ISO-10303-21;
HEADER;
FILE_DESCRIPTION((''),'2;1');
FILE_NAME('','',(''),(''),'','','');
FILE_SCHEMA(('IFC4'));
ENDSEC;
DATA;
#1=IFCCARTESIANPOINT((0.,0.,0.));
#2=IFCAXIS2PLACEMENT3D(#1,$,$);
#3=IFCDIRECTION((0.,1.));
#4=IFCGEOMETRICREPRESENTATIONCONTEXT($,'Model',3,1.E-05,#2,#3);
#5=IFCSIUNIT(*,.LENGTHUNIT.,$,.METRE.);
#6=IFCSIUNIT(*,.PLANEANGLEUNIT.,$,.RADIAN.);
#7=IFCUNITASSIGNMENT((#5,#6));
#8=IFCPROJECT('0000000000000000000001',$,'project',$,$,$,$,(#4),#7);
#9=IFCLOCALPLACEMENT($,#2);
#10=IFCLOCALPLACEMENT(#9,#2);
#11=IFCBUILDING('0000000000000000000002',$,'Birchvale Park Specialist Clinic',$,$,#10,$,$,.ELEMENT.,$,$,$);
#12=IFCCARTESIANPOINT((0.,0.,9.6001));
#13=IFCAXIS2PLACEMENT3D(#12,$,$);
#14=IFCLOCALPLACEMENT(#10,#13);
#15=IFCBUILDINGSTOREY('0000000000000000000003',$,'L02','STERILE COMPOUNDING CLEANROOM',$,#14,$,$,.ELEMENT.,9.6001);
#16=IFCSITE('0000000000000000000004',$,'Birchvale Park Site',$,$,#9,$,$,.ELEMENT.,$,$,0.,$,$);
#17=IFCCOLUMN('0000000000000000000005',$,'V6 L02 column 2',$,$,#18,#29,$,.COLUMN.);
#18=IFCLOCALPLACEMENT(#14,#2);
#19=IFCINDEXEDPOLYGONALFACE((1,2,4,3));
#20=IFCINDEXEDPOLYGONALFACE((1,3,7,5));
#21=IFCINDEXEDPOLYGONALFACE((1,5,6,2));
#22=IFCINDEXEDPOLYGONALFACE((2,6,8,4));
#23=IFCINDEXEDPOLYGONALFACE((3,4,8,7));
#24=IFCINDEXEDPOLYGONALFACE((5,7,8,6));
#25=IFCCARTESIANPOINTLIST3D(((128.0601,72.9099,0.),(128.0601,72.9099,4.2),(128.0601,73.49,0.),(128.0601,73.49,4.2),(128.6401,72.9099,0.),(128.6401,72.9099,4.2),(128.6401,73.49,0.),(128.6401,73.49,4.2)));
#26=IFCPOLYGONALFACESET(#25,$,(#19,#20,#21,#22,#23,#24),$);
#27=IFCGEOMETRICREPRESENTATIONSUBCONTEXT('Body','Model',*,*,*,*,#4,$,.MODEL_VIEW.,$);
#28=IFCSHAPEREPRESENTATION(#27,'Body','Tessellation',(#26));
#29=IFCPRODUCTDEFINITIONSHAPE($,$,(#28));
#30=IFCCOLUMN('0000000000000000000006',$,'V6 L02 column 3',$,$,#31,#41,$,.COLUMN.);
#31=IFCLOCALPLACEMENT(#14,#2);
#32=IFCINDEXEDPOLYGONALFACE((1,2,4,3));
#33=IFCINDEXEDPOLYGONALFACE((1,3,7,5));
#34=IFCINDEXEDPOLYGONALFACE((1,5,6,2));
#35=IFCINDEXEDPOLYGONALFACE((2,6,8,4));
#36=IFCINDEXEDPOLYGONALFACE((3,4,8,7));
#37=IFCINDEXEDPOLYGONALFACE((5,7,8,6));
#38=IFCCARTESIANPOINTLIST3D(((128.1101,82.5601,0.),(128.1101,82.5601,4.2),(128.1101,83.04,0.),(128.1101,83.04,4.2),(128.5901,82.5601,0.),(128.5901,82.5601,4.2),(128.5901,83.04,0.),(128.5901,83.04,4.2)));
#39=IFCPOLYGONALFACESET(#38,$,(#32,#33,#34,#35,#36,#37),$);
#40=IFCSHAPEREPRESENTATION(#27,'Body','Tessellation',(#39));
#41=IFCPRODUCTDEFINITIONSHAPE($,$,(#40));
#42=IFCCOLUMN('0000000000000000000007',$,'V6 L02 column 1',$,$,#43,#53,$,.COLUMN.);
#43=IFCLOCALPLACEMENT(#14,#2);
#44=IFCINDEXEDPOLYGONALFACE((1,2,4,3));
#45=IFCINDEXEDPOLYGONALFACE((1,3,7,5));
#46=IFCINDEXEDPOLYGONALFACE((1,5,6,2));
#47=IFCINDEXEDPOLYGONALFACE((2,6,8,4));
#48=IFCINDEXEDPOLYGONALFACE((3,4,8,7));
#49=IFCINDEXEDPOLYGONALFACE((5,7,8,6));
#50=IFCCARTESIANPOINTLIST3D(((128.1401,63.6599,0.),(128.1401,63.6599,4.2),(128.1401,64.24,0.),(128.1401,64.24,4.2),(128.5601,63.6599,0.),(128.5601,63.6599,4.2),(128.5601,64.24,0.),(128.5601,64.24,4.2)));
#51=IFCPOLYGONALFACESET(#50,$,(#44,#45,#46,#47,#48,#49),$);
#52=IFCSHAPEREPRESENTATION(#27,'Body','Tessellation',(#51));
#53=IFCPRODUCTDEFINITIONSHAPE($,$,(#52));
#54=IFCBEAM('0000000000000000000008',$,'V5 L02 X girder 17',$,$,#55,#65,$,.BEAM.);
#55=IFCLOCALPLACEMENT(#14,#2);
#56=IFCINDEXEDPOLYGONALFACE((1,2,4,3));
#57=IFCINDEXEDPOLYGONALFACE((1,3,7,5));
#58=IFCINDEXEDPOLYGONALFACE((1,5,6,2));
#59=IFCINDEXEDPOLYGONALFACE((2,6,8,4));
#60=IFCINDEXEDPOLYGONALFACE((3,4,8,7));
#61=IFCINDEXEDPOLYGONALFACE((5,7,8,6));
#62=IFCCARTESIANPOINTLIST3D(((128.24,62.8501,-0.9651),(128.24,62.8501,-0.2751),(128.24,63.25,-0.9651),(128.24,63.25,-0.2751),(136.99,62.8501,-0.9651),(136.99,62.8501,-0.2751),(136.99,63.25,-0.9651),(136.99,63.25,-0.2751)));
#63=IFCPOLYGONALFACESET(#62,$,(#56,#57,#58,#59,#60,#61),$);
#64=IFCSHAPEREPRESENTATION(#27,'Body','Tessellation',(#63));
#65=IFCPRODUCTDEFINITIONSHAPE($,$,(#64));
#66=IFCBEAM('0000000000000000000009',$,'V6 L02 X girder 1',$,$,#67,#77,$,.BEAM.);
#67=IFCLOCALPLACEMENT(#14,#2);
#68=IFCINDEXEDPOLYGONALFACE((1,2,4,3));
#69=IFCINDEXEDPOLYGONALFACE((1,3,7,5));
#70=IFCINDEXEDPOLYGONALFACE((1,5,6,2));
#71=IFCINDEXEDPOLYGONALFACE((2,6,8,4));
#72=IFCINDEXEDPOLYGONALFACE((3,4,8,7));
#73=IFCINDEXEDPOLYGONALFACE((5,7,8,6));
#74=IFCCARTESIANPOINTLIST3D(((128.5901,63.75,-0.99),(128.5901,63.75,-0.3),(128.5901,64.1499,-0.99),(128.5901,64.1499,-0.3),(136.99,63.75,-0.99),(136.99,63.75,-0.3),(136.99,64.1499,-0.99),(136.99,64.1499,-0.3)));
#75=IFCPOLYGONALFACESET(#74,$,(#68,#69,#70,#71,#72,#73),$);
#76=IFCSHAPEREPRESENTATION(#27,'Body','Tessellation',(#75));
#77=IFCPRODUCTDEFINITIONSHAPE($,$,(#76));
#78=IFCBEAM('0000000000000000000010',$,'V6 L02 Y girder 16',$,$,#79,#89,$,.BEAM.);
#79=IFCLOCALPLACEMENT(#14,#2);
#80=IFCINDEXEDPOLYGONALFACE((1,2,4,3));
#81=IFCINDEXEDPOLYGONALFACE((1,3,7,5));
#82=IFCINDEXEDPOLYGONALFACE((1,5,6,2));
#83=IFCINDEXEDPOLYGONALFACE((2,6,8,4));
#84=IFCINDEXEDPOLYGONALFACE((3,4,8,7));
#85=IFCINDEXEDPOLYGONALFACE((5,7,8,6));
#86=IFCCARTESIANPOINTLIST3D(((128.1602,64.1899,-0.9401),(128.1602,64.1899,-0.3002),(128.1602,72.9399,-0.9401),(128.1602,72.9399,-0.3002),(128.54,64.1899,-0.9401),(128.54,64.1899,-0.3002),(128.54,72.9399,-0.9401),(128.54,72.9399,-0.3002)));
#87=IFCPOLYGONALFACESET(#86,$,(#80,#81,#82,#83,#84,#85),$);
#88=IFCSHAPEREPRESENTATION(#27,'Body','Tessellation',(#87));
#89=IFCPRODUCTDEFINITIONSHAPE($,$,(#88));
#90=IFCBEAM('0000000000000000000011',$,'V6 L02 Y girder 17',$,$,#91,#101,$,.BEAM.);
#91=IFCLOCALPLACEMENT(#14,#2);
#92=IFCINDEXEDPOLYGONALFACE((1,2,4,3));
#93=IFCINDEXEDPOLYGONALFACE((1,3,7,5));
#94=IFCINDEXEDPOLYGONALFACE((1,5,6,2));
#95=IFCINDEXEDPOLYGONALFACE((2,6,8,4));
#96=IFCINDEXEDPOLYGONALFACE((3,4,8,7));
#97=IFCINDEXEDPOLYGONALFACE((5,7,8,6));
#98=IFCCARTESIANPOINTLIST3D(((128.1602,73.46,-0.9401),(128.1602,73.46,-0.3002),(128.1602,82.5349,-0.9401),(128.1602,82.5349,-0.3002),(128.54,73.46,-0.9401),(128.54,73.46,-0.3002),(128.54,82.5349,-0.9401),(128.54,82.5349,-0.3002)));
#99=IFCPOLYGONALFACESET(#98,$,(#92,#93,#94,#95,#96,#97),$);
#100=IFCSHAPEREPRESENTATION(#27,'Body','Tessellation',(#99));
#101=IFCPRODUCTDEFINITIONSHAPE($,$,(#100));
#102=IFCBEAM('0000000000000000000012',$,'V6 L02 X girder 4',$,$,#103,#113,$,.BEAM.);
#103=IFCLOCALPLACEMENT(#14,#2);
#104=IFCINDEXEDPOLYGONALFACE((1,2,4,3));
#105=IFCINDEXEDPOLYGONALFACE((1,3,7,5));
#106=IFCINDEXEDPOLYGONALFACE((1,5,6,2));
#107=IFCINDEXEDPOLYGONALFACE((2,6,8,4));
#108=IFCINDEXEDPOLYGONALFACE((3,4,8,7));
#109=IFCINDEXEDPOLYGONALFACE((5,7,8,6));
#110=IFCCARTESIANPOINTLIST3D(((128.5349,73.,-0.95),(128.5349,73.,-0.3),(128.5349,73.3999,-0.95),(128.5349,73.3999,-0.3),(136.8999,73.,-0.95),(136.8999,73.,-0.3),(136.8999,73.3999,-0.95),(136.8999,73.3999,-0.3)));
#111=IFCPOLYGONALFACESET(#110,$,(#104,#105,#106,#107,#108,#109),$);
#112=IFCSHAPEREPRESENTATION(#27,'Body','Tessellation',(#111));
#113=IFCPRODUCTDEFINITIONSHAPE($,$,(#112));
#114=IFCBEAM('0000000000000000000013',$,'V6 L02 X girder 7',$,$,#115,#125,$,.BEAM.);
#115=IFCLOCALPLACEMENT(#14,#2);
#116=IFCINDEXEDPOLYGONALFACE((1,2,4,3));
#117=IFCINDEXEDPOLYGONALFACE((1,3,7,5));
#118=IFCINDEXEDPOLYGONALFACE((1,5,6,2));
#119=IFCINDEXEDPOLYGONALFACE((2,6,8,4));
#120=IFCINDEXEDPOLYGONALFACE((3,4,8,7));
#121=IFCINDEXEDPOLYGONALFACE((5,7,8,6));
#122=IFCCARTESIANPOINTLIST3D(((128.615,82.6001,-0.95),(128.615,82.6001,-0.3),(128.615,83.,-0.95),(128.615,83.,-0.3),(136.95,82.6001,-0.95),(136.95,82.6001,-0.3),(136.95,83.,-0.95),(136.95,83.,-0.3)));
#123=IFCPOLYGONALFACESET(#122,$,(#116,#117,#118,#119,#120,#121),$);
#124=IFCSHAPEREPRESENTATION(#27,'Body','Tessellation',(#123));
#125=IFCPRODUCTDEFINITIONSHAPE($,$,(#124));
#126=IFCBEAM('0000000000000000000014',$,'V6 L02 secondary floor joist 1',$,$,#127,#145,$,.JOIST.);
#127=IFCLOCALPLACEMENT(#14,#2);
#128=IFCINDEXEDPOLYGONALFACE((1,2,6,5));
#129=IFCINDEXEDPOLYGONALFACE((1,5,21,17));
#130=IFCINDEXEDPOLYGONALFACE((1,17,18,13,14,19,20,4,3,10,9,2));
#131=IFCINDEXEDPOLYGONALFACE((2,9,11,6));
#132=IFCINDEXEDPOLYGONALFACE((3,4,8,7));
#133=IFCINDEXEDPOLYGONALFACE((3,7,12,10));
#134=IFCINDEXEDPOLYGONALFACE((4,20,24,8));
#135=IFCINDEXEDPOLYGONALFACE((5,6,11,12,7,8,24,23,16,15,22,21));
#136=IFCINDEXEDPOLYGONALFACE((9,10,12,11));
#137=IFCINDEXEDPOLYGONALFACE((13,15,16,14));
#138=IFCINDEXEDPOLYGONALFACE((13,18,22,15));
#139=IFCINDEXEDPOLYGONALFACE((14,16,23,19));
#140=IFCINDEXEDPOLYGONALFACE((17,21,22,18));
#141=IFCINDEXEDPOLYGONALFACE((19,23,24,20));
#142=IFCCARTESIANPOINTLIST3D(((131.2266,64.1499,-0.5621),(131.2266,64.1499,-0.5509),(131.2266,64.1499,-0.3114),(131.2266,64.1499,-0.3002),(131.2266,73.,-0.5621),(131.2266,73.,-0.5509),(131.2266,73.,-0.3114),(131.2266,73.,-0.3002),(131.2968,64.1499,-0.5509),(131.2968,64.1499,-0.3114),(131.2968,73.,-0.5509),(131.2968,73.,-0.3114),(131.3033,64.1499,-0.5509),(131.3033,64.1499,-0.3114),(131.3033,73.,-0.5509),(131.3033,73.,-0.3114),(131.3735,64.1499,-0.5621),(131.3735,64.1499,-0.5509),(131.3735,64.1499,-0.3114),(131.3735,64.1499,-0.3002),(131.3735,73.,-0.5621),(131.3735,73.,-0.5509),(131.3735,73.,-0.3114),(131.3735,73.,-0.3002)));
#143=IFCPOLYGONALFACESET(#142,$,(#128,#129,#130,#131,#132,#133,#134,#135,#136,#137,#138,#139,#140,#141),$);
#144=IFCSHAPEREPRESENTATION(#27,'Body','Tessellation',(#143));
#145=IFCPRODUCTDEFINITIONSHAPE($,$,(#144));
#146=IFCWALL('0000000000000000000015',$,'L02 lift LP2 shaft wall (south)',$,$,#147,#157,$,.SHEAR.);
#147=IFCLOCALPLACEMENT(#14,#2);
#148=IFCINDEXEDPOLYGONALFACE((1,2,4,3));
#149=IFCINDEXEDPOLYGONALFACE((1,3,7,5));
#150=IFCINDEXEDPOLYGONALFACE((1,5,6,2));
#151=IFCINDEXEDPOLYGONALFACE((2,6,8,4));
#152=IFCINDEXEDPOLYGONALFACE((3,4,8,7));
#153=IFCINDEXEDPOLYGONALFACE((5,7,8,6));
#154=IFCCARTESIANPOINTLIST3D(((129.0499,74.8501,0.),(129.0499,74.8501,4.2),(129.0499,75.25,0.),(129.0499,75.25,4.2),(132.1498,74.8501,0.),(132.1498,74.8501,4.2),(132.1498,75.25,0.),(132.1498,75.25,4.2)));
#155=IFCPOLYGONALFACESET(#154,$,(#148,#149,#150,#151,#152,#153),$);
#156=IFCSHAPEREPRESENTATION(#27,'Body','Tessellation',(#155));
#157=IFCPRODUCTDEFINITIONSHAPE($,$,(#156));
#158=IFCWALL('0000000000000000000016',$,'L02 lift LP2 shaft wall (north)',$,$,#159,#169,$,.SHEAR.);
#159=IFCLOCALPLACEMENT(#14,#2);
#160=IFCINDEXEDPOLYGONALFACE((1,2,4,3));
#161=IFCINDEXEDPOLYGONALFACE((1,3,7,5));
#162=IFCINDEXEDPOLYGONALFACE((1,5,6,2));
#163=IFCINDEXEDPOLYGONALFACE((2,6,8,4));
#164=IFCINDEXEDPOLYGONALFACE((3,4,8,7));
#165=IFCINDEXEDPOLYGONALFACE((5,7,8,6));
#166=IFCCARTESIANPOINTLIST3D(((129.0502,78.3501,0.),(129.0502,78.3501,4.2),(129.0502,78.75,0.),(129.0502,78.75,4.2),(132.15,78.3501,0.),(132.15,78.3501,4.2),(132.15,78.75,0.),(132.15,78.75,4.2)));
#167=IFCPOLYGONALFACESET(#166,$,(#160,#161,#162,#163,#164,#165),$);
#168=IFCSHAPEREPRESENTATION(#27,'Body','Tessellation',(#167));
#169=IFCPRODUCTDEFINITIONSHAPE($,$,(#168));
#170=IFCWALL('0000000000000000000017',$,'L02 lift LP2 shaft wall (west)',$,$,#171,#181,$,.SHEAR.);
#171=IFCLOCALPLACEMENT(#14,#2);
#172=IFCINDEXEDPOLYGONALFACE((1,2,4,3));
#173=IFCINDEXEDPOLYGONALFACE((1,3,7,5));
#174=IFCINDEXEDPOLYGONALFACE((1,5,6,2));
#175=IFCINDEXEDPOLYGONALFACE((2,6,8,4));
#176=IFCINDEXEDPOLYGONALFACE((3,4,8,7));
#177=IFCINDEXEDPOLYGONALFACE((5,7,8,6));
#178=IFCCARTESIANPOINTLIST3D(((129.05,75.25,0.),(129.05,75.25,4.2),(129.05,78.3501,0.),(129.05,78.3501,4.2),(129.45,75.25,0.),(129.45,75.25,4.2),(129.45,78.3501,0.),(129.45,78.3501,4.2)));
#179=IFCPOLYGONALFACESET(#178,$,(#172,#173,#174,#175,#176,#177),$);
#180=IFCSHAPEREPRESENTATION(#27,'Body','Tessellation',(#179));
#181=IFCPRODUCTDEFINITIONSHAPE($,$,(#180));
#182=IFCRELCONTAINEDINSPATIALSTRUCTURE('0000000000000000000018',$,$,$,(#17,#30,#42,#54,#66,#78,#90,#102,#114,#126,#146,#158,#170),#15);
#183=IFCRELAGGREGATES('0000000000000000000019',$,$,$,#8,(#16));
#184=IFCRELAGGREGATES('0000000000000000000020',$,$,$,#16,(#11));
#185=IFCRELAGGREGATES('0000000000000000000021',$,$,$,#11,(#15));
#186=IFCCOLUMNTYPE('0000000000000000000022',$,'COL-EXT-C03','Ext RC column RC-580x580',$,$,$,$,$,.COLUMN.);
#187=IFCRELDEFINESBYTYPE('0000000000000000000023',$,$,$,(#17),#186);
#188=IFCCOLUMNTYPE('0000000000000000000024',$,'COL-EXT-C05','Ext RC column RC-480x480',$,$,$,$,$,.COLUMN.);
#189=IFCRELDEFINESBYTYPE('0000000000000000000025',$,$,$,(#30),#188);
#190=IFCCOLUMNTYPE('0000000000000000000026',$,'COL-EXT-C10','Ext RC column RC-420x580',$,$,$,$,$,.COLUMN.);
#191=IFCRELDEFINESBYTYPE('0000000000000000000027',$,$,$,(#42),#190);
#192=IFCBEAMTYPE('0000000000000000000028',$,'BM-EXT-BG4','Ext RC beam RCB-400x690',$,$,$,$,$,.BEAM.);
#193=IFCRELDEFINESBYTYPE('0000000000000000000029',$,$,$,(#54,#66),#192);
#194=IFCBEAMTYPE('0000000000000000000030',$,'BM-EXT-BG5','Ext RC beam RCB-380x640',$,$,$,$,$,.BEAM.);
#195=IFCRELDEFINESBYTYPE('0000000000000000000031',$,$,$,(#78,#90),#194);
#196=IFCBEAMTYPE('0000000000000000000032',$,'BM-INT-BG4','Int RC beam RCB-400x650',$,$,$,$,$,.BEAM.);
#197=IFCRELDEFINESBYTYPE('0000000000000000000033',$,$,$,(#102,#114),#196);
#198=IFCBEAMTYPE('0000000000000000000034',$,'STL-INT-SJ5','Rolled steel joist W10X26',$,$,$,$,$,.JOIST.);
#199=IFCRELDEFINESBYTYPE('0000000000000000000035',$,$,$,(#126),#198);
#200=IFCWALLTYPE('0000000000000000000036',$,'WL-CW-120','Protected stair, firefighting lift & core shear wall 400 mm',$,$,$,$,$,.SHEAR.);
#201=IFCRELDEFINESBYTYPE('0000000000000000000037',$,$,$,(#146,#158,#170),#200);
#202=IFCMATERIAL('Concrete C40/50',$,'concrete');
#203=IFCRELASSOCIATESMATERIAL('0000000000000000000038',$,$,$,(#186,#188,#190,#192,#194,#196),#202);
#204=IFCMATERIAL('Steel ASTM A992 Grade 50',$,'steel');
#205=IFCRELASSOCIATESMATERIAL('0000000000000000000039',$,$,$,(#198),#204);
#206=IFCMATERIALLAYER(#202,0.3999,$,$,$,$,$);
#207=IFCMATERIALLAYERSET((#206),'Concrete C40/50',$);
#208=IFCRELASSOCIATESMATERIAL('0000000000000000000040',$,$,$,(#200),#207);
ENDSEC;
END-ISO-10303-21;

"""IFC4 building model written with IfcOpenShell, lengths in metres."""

from ifc_helpers import new_model, si_unit, direction, frame, frame_2d, origin, origin_2d, place, context, subcontext, project, spatial, rectangle, i_section, extrude, material, layer, layer_set, material_profile, profile_set, type_object, element, save


model = new_model("IFC4")

# Units and contexts
model_context = context("Model", 3, precision=1e-05, world=origin(), true_north=direction((0.0, 1.0)))
body_context = subcontext(model_context, "Body", "Model", "MODEL_VIEW")
ifc_project = project(units=[si_unit("LENGTHUNIT", "METRE"), si_unit("PLANEANGLEUNIT", "RADIAN")], contexts=[model_context])

# Site, building, storey
site_placement = place(None, origin())
site = spatial("IfcSite", under=ifc_project, at=site_placement, Name="Birchvale Park Site", CompositionType="ELEMENT", RefElevation=0.0)
building_placement = place(site_placement, origin())
building = spatial("IfcBuilding", under=site, at=building_placement, Name="Birchvale Park Specialist Clinic", CompositionType="ELEMENT")
storey_placement = place(building_placement, frame((0.0, 0.0, 9.6001)))
storey = spatial("IfcBuildingStorey", under=building, at=storey_placement, Name="L02", Description="STERILE COMPOUNDING CLEANROOM", CompositionType="ELEMENT", Elevation=9.6001)

# Columns
ifc_material_1 = material(Name="Concrete C40/50", Category="concrete")
ifc_material_profile_1 = material_profile(ifc_material_1, rectangle(XDim=0.5801, YDim=0.5801, at=origin_2d()), Name="RC-580x580")
ifc_profile_set_1 = profile_set([ifc_material_profile_1], Name="Concrete C40/50")
column_type_1 = type_object("IfcColumnType", Name="COL-EXT-C03", Description="Ext RC column RC-580x580", PredefinedType="COLUMN", material=ifc_profile_set_1)
column_1_placement = place(storey_placement, frame((128.3501, 73.2, 0.0), z_axis=(0.0, 0.0, 1.0), x_axis=(1.0, 0.0, 0.0)))
element("IfcColumn", 1, at=column_1_placement, inside=storey, type_object=column_type_1, Name="V6 L02 column 2", PredefinedType="COLUMN", context=body_context, shape_type="SweptSolid", body=[
    extrude(rectangle(XDim=0.5801, YDim=0.5801, at=origin_2d()), origin(), (0.0, 0.0, 1.0), 4.2),
])
ifc_material_profile_2 = material_profile(ifc_material_1, rectangle(XDim=0.48, YDim=0.48, at=origin_2d()), Name="RC-480x480")
ifc_profile_set_2 = profile_set([ifc_material_profile_2], Name="Concrete C40/50")
column_type_2 = type_object("IfcColumnType", Name="COL-EXT-C05", Description="Ext RC column RC-480x480", PredefinedType="COLUMN", material=ifc_profile_set_2)
column_2_placement = place(storey_placement, frame((128.3501, 82.8, 0.0), z_axis=(0.0, 0.0, 1.0), x_axis=(1.0, 0.0, 0.0)))
element("IfcColumn", 2, at=column_2_placement, inside=storey, type_object=column_type_2, Name="V6 L02 column 3", PredefinedType="COLUMN", context=body_context, shape_type="SweptSolid", body=[
    extrude(rectangle(XDim=0.48, YDim=0.48, at=origin_2d()), origin(), (0.0, 0.0, 1.0), 4.2),
])
ifc_material_profile_3 = material_profile(ifc_material_1, rectangle(XDim=0.4199, YDim=0.5801, at=origin_2d()), Name="RC-420x580")
ifc_profile_set_3 = profile_set([ifc_material_profile_3], Name="Concrete C40/50")
column_type_3 = type_object("IfcColumnType", Name="COL-EXT-C10", Description="Ext RC column RC-420x580", PredefinedType="COLUMN", material=ifc_profile_set_3)
column_3_placement = place(storey_placement, frame((128.3501, 63.95, 0.0), z_axis=(0.0, 0.0, 1.0), x_axis=(1.0, 0.0, 0.0)))
element("IfcColumn", 3, at=column_3_placement, inside=storey, type_object=column_type_3, Name="V6 L02 column 1", PredefinedType="COLUMN", context=body_context, shape_type="SweptSolid", body=[
    extrude(rectangle(XDim=0.4199, YDim=0.5801, at=origin_2d()), origin(), (0.0, 0.0, 1.0), 4.2),
])

# Beams
ifc_material_profile_4 = material_profile(ifc_material_1, rectangle(XDim=0.3999, YDim=0.6899, at=origin_2d()), Name="RCB-400x690")
ifc_profile_set_4 = profile_set([ifc_material_profile_4], Name="Concrete C40/50")
beam_type_1 = type_object("IfcBeamType", Name="BM-EXT-BG4", Description="Ext RC beam RCB-400x690", PredefinedType="BEAM", material=ifc_profile_set_4)
beam_1_placement = place(storey_placement, frame((128.24, 63.05, -0.6201), z_axis=(1.0, 0.0, 0.0), x_axis=(0.0, 1.0, 0.0)))
element("IfcBeam", 4, at=beam_1_placement, inside=storey, type_object=beam_type_1, Name="V5 L02 X girder 17", PredefinedType="BEAM", context=body_context, shape_type="SweptSolid", body=[
    extrude(rectangle(XDim=0.3999, YDim=0.6899, at=origin_2d()), origin(), (0.0, 0.0, 1.0), 8.75),
])
beam_2_placement = place(storey_placement, frame((128.5901, 63.95, -0.645), z_axis=(1.0, 0.0, 0.0), x_axis=(0.0, 1.0, 0.0)))
element("IfcBeam", 5, at=beam_2_placement, inside=storey, type_object=beam_type_1, Name="V6 L02 X girder 1", PredefinedType="BEAM", context=body_context, shape_type="SweptSolid", body=[
    extrude(rectangle(XDim=0.3999, YDim=0.6899, at=origin_2d()), origin(), (0.0, 0.0, 1.0), 8.3999),
])
ifc_material_profile_5 = material_profile(ifc_material_1, rectangle(XDim=0.3799, YDim=0.6399, at=origin_2d()), Name="RCB-380x640")
ifc_profile_set_5 = profile_set([ifc_material_profile_5], Name="Concrete C40/50")
beam_type_2 = type_object("IfcBeamType", Name="BM-EXT-BG5", Description="Ext RC beam RCB-380x640", PredefinedType="BEAM", material=ifc_profile_set_5)
beam_3_placement = place(storey_placement, frame((128.3501, 64.1899, -0.6201), z_axis=(0.0, 1.0, 0.0), x_axis=(-1.0, 0.0, 0.0)))
element("IfcBeam", 6, at=beam_3_placement, inside=storey, type_object=beam_type_2, Name="V6 L02 Y girder 16", PredefinedType="BEAM", context=body_context, shape_type="SweptSolid", body=[
    extrude(rectangle(XDim=0.3799, YDim=0.6399, at=origin_2d()), origin(), (0.0, 0.0, 1.0), 8.75),
])
beam_4_placement = place(storey_placement, frame((128.3501, 73.46, -0.6201), z_axis=(0.0, 1.0, 0.0), x_axis=(-1.0, 0.0, 0.0)))
element("IfcBeam", 7, at=beam_4_placement, inside=storey, type_object=beam_type_2, Name="V6 L02 Y girder 17", PredefinedType="BEAM", context=body_context, shape_type="SweptSolid", body=[
    extrude(rectangle(XDim=0.3799, YDim=0.6399, at=origin_2d()), origin(), (0.0, 0.0, 1.0), 9.075),
])
ifc_material_profile_6 = material_profile(ifc_material_1, rectangle(XDim=0.3999, YDim=0.6499, at=origin_2d()), Name="RCB-400x650")
ifc_profile_set_6 = profile_set([ifc_material_profile_6], Name="Concrete C40/50")
beam_type_3 = type_object("IfcBeamType", Name="BM-INT-BG4", Description="Int RC beam RCB-400x650", PredefinedType="BEAM", material=ifc_profile_set_6)
beam_5_placement = place(storey_placement, frame((128.5349, 73.2, -0.625), z_axis=(1.0, 0.0, 0.0), x_axis=(0.0, 1.0, 0.0)))
element("IfcBeam", 8, at=beam_5_placement, inside=storey, type_object=beam_type_3, Name="V6 L02 X girder 4", PredefinedType="BEAM", context=body_context, shape_type="SweptSolid", body=[
    extrude(rectangle(XDim=0.3999, YDim=0.6499, at=origin_2d()), origin(), (0.0, 0.0, 1.0), 8.365),
])
beam_6_placement = place(storey_placement, frame((128.615, 82.8, -0.625), z_axis=(1.0, 0.0, 0.0), x_axis=(0.0, 1.0, 0.0)))
element("IfcBeam", 9, at=beam_6_placement, inside=storey, type_object=beam_type_3, Name="V6 L02 X girder 7", PredefinedType="BEAM", context=body_context, shape_type="SweptSolid", body=[
    extrude(rectangle(XDim=0.3999, YDim=0.6499, at=origin_2d()), origin(), (0.0, 0.0, 1.0), 8.335),
])
ifc_material_2 = material(Name="Steel ASTM A992 Grade 50", Category="steel")
ifc_material_profile_7 = material_profile(ifc_material_2, i_section(OverallWidth=0.147, OverallDepth=0.262, WebThickness=0.0066, FlangeThickness=0.0112, at=origin_2d()), Name="W10X26")
ifc_profile_set_7 = profile_set([ifc_material_profile_7], Name="Steel ASTM A992 Grade 50")
beam_type_4 = type_object("IfcBeamType", Name="STL-INT-SJ5", Description="Rolled steel joist W10X26", PredefinedType="JOIST", material=ifc_profile_set_7)
beam_7_placement = place(storey_placement, frame((131.3, 64.1499, -0.4312), z_axis=(0.0, 1.0, 0.0), x_axis=(-1.0, 0.0, 0.0)))
element("IfcBeam", 10, at=beam_7_placement, inside=storey, type_object=beam_type_4, Name="V6 L02 secondary floor joist 1", PredefinedType="JOIST", context=body_context, shape_type="SweptSolid", body=[
    extrude(i_section(OverallWidth=0.147, OverallDepth=0.262, WebThickness=0.0066, FlangeThickness=0.0112, at=origin_2d()), origin(), (0.0, 0.0, 1.0), 8.8501),
])

# Walls
ifc_layer_1 = layer(ifc_material_1, 0.3999)
ifc_layer_set_1 = layer_set([ifc_layer_1], Name="Concrete C40/50")
wall_type_1 = type_object("IfcWallType", Name="WL-CW-120", Description="Protected stair, firefighting lift & core shear wall 400 mm", PredefinedType="SHEAR", material=ifc_layer_set_1)
for number, where, z_axis, x_axis, name in (
    (11, (129.05, 75.05, 0.0), (0.0, 0.0, 1.0), (1.0, 0.0, 0.0), "L02 lift LP2 shaft wall (south)"),
    (12, (132.1499, 78.55, 0.0), (0.0, 0.0, 1.0), (-1.0, 0.0, 0.0), "L02 lift LP2 shaft wall (north)"),
):
    element("IfcWall", number, at=place(storey_placement, frame(where, z_axis=z_axis, x_axis=x_axis)), inside=storey, type_object=wall_type_1, Name=name, PredefinedType="SHEAR", context=body_context, shape_type="SweptSolid", body=[
        extrude(rectangle(XDim=3.0999, YDim=0.3999, at=frame_2d((1.5498, 0.0))), origin(), (0.0, 0.0, 1.0), 4.2),
    ])
wall_1_placement = place(storey_placement, frame((129.25, 75.25, 0.0), z_axis=(0.0, 0.0, 1.0), x_axis=(0.0, 1.0, 0.0)))
element("IfcWall", 13, at=wall_1_placement, inside=storey, type_object=wall_type_1, Name="L02 lift LP2 shaft wall (west)", PredefinedType="SHEAR", context=body_context, shape_type="SweptSolid", body=[
    extrude(rectangle(XDim=3.1001, YDim=0.3999, at=frame_2d((1.55, 0.0))), origin(), (0.0, 0.0, 1.0), 4.2),
])

save(model, "model.ifc")
